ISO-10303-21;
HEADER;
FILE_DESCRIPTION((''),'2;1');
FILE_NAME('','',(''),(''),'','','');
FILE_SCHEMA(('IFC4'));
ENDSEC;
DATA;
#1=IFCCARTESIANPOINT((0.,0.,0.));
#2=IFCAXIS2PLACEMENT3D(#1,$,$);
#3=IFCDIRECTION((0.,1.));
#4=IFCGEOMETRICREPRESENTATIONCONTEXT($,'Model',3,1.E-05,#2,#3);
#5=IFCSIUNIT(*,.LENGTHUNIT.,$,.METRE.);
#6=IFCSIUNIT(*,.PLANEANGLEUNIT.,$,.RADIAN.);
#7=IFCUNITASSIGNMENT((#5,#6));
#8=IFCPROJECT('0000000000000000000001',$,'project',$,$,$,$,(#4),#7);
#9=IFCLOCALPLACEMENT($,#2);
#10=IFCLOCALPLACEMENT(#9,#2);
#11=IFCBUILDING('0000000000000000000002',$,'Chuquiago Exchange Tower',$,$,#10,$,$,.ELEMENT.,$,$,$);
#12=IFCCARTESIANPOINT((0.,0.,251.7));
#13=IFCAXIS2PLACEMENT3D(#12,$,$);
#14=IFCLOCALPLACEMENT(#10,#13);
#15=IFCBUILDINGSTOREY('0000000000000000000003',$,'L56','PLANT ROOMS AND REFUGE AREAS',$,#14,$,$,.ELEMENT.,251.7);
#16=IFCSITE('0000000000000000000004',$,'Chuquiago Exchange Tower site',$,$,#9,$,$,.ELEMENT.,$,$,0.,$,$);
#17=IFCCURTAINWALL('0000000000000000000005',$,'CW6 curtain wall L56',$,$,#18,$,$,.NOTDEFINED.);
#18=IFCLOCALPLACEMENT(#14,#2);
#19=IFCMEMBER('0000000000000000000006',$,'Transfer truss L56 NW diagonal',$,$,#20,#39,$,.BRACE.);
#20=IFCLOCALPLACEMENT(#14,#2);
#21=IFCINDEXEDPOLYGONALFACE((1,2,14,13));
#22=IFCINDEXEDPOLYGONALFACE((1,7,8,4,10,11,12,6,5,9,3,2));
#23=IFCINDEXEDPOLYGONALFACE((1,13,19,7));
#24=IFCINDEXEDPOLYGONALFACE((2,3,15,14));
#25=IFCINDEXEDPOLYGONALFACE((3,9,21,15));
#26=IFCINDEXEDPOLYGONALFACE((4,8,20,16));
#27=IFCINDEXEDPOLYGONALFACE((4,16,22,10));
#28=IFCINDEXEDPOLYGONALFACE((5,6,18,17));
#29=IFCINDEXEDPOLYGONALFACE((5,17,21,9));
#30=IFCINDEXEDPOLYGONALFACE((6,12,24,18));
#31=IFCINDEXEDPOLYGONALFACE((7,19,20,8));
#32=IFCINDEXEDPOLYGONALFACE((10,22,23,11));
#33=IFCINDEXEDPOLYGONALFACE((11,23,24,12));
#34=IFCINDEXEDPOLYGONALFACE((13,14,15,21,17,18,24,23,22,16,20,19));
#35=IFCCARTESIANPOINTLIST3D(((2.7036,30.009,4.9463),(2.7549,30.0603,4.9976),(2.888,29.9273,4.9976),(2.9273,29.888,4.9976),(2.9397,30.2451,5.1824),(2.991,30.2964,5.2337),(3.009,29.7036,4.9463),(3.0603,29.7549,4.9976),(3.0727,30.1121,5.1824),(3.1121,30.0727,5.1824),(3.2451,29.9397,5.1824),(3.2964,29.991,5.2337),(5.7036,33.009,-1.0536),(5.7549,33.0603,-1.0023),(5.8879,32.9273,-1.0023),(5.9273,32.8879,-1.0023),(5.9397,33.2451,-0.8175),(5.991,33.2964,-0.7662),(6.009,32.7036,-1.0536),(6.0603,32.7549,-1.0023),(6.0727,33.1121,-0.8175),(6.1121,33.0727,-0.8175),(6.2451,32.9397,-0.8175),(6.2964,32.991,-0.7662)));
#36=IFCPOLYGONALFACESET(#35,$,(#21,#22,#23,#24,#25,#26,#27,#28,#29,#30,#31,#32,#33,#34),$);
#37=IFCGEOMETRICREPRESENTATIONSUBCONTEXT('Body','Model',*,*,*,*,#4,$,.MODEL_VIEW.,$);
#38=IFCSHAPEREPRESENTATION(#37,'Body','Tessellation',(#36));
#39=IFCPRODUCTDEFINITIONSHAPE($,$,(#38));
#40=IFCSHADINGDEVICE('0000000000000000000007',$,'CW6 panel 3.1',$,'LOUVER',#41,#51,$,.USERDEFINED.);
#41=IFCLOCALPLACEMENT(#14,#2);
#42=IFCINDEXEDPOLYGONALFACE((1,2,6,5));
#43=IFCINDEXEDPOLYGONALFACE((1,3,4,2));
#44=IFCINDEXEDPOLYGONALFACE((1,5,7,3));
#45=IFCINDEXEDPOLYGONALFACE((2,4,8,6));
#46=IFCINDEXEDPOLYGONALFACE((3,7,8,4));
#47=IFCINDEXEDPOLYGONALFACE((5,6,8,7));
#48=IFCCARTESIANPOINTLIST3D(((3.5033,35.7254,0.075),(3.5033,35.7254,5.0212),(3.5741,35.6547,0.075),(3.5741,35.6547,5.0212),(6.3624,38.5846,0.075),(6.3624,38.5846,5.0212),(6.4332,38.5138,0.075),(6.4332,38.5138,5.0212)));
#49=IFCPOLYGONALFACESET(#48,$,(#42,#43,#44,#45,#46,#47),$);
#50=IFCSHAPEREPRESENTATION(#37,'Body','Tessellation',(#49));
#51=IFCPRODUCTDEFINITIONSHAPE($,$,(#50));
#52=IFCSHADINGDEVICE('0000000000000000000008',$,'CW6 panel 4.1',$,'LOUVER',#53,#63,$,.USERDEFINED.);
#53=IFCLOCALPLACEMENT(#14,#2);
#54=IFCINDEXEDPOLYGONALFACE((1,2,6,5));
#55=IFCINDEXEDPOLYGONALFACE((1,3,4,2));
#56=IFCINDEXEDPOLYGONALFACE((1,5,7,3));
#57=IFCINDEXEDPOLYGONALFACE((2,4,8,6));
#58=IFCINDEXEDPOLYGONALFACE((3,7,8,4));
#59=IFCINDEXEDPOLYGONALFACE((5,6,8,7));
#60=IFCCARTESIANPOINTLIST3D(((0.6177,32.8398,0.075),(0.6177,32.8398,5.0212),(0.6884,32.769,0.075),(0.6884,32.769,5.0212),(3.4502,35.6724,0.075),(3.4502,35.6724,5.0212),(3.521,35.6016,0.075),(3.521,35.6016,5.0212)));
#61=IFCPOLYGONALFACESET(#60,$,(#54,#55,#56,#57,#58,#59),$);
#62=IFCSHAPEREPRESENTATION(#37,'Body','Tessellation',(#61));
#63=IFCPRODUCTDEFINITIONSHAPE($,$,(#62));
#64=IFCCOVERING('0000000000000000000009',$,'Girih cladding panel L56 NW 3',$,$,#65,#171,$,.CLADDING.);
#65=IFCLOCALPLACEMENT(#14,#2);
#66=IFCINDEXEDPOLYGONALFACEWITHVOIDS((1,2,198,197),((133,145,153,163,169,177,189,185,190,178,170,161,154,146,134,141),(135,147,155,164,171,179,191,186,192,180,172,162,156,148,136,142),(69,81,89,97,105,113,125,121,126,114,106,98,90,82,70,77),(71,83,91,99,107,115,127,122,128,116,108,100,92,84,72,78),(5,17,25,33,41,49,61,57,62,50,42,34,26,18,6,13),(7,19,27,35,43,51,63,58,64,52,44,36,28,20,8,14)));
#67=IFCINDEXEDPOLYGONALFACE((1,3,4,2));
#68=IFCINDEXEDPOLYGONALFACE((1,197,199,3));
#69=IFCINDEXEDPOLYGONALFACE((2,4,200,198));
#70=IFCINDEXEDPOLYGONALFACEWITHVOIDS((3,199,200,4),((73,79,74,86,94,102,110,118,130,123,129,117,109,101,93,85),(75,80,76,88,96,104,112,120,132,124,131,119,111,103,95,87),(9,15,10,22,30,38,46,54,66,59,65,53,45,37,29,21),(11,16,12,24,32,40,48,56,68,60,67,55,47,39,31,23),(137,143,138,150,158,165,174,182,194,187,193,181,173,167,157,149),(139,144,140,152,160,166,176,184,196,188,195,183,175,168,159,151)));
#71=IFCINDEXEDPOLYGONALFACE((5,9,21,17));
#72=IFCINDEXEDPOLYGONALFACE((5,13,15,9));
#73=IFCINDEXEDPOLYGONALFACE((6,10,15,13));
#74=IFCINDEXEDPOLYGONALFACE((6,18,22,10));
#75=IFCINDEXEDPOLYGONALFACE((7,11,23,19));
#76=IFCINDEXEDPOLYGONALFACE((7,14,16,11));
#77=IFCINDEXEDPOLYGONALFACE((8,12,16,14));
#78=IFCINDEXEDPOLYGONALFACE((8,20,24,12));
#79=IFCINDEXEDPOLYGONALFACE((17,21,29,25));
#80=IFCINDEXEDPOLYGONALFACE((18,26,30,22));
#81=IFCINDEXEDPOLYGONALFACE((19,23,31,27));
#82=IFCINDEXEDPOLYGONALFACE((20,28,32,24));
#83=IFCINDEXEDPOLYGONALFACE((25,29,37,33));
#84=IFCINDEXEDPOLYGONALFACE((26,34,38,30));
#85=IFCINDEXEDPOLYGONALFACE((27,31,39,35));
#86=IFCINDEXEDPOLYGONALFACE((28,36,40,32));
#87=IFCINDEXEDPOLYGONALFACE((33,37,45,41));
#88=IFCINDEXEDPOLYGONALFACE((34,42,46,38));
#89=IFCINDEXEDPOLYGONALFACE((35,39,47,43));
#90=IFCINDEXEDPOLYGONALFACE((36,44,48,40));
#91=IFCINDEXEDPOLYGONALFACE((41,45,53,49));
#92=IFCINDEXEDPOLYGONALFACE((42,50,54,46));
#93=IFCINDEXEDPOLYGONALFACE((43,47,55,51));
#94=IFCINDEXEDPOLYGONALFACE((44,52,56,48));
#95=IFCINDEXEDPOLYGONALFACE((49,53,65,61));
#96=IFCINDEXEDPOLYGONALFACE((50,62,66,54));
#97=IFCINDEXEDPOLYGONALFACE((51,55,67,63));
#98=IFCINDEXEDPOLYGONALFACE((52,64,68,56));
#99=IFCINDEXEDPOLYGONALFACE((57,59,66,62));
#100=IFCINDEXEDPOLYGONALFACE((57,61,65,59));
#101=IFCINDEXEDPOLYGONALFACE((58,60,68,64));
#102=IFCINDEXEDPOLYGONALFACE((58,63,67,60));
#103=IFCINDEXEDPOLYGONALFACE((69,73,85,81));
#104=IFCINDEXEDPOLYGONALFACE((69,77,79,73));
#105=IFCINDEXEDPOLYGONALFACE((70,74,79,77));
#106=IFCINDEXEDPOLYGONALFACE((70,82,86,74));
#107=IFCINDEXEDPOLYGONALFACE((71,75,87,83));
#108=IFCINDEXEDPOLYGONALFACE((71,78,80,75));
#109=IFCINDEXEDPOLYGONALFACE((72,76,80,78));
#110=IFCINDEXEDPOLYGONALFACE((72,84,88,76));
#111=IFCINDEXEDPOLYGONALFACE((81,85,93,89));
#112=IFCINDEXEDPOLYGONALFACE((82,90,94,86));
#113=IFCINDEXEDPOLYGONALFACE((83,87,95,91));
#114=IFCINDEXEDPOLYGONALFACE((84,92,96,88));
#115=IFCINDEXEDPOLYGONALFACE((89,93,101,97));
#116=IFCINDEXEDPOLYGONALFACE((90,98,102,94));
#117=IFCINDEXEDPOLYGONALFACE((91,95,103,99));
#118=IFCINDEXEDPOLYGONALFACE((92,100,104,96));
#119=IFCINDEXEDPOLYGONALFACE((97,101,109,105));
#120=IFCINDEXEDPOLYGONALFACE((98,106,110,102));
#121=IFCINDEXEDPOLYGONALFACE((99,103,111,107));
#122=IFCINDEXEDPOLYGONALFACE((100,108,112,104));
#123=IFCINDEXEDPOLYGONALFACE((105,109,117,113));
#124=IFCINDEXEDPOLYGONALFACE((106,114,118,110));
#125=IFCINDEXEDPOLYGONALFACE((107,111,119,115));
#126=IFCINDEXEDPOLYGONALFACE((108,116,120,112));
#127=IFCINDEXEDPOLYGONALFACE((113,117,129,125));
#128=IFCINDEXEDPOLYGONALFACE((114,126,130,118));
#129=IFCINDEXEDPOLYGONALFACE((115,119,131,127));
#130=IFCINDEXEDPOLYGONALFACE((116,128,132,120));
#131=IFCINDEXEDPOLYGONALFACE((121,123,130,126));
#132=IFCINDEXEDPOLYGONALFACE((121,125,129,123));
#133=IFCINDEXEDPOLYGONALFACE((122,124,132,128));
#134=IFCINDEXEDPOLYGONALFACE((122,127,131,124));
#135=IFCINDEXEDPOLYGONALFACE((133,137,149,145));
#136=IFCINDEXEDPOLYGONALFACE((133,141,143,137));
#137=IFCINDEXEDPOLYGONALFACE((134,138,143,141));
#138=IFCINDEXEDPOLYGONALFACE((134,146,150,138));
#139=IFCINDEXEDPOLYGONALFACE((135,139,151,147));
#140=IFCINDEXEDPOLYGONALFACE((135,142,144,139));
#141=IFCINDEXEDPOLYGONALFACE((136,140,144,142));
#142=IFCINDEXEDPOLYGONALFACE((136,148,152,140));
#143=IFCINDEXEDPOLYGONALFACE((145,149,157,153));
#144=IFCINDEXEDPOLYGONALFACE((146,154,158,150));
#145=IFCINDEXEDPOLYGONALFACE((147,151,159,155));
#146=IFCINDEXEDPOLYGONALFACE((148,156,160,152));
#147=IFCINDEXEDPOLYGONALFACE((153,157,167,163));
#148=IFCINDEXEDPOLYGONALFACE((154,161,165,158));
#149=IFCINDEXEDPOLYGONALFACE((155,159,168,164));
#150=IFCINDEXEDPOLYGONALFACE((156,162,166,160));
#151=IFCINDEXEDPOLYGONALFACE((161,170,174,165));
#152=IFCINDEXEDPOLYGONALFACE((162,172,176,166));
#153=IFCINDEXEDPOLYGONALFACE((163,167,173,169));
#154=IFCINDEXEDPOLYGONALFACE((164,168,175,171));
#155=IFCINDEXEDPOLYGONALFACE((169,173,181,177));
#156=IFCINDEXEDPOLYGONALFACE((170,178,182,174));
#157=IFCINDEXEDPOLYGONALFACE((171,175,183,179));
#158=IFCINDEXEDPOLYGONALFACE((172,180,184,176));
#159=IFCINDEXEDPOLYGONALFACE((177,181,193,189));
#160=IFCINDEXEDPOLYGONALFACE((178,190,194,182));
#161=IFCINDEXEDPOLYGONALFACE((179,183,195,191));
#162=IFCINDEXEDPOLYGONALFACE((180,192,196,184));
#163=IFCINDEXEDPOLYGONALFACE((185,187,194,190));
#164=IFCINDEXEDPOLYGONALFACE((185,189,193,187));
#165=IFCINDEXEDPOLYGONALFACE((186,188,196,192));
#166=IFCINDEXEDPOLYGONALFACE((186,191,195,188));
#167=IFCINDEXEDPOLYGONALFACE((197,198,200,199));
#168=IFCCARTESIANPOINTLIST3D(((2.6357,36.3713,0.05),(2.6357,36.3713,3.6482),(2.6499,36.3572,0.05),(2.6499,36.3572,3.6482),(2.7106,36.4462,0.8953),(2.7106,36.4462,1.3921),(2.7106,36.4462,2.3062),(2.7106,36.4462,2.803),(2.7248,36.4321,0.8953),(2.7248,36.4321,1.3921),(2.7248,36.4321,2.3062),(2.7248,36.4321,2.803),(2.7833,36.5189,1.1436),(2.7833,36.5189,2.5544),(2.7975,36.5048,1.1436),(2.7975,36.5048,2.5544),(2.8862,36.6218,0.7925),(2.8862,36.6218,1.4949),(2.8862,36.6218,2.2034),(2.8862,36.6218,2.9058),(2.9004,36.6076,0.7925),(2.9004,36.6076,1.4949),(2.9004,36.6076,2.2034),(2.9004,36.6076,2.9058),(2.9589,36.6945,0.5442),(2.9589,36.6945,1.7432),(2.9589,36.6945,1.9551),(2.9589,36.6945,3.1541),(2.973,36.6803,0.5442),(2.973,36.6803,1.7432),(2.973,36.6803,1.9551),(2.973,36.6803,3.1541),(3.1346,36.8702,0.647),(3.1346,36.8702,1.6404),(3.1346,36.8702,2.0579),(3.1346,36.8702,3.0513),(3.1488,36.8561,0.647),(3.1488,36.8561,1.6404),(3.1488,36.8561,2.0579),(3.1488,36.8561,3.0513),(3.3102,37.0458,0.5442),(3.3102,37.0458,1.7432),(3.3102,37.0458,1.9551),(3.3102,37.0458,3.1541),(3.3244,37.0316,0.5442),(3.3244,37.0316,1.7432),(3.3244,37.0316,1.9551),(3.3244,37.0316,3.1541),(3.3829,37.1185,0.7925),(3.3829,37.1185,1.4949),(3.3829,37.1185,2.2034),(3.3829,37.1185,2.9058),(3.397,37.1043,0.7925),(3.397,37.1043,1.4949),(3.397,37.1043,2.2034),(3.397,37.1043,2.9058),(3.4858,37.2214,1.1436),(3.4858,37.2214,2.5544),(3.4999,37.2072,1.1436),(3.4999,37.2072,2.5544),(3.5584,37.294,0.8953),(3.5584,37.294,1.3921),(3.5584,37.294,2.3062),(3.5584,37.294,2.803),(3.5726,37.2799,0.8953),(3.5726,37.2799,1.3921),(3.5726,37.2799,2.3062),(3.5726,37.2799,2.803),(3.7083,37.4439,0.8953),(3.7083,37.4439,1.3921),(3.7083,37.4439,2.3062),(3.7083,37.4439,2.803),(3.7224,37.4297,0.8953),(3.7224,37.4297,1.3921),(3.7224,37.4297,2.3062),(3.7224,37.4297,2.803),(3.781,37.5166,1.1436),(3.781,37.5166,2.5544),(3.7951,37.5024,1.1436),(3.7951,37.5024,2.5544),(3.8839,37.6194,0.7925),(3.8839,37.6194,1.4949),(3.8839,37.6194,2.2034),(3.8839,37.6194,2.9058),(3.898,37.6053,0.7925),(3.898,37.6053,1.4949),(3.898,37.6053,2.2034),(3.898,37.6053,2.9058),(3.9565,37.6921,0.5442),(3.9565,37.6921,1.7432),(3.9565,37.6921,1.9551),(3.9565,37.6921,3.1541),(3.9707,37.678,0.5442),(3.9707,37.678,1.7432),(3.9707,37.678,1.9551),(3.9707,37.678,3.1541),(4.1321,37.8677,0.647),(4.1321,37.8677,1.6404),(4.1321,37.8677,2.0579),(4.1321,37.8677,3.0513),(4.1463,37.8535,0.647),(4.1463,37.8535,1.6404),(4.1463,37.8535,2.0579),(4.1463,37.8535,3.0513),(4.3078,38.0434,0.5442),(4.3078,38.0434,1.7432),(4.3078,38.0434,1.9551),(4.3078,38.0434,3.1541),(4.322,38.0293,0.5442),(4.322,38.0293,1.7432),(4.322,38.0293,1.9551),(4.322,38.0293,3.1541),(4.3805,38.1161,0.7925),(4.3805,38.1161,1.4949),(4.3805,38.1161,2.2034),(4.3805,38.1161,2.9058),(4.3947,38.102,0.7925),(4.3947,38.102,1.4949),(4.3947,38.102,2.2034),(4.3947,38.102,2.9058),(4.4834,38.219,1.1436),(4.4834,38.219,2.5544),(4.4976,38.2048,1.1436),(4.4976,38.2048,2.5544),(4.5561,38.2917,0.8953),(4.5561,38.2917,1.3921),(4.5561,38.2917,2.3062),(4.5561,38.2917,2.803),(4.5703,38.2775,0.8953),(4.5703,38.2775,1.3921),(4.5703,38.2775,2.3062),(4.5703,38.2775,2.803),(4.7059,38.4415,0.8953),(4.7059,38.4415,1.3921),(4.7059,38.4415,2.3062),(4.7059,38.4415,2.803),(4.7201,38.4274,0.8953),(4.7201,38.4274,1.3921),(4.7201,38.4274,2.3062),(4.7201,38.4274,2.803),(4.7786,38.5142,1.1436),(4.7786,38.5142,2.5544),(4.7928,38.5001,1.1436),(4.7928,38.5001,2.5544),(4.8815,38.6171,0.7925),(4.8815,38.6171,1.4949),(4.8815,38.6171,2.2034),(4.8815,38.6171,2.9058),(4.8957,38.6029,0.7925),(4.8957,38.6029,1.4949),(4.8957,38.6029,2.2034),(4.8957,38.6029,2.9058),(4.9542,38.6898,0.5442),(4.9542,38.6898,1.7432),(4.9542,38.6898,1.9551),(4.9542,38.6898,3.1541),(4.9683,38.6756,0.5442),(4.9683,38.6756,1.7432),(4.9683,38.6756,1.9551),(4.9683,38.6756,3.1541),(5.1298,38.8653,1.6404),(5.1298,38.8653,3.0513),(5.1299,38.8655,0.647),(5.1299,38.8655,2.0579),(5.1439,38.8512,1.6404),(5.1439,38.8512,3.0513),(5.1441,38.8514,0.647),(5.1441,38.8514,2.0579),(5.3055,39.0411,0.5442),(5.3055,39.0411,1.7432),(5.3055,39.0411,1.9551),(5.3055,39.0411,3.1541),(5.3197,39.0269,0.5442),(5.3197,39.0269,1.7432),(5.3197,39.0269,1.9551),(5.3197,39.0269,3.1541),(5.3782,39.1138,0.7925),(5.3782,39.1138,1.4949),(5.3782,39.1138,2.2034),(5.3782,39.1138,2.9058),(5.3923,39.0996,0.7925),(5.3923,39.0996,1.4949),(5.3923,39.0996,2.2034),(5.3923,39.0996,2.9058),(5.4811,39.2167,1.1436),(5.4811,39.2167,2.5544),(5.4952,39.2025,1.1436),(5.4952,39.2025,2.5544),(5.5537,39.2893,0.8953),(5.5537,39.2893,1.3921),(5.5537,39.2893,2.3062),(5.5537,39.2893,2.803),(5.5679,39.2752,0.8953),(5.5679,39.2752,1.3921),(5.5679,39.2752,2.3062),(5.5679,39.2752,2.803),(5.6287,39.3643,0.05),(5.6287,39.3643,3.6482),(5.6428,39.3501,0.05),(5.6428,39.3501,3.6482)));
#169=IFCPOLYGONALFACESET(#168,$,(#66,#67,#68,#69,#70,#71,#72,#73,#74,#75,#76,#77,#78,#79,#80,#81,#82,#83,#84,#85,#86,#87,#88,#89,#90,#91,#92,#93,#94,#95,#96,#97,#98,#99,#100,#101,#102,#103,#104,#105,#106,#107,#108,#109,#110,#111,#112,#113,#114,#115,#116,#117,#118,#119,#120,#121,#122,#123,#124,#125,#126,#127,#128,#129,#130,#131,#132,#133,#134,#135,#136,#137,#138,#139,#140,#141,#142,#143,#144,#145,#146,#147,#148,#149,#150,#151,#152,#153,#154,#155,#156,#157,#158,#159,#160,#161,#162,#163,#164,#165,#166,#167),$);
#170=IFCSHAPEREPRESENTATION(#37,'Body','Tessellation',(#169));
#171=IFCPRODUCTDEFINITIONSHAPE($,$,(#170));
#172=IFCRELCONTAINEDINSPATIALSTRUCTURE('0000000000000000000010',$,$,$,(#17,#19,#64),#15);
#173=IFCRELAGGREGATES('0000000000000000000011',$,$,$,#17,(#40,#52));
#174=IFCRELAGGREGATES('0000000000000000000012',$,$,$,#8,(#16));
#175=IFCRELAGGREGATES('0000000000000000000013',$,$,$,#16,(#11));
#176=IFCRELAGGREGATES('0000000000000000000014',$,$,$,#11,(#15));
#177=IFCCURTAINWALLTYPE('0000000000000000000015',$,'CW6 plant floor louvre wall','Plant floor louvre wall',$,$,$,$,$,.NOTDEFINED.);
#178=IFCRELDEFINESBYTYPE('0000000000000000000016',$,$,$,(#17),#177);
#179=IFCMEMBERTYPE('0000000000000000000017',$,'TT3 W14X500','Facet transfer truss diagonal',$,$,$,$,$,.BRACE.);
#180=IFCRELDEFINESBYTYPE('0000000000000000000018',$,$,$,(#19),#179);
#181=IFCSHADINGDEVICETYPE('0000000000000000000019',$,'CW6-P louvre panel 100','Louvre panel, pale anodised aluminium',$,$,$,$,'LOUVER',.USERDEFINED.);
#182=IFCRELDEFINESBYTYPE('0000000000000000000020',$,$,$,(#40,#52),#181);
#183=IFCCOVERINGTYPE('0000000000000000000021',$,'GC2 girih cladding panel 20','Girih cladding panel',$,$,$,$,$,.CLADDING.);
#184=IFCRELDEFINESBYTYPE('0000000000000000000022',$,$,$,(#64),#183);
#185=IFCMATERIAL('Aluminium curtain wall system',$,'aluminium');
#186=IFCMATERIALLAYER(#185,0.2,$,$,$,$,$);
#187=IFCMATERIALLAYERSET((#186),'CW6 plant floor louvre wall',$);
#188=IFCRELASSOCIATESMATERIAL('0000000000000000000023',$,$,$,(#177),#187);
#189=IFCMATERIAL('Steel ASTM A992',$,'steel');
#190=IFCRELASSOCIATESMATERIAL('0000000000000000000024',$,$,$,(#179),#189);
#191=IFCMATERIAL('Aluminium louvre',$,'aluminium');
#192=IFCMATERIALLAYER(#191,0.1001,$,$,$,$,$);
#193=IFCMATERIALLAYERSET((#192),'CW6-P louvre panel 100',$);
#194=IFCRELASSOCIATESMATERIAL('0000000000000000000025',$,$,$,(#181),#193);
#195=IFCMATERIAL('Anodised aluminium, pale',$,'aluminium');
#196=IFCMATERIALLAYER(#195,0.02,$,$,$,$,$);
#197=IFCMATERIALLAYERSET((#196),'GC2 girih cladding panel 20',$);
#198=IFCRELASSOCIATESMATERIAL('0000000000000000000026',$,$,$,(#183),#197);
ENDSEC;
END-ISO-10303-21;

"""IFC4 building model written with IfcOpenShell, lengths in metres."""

from ifc_helpers import new_model, si_unit, direction, frame, origin, origin_2d, place, context, subcontext, project, spatial, polyline, rectangle, i_section, outline, extrude, material, layer, layer_set, material_profile, profile_set, type_object, element, aggregate, save


model = new_model("IFC4")

# Units and contexts
model_context = context("Model", 3, precision=1e-05, world=origin(), true_north=direction((0.0, 1.0)))
body_context = subcontext(model_context, "Body", "Model", "MODEL_VIEW")
ifc_project = project(units=[si_unit("LENGTHUNIT", "METRE"), si_unit("PLANEANGLEUNIT", "RADIAN")], contexts=[model_context])

# Site, building, storey
site_placement = place(None, origin())
site = spatial("IfcSite", under=ifc_project, at=site_placement, Name="Chuquiago Exchange Tower site", CompositionType="ELEMENT", RefElevation=0.0)
building_placement = place(site_placement, origin())
building = spatial("IfcBuilding", under=site, at=building_placement, Name="Chuquiago Exchange Tower", CompositionType="ELEMENT")
storey_placement = place(building_placement, frame((0.0, 0.0, 251.7)))
storey = spatial("IfcBuildingStorey", under=building, at=storey_placement, Name="L56", Description="PLANT ROOMS AND REFUGE AREAS", CompositionType="ELEMENT", Elevation=251.7)

# Curtain wall
ifc_material_1 = material(Name="Aluminium curtain wall system", Category="aluminium")
ifc_layer_1 = layer(ifc_material_1, 0.2)
ifc_layer_set_1 = layer_set([ifc_layer_1], Name="CW6 plant floor louvre wall")
curtain_wall_type = type_object("IfcCurtainWallType", Name="CW6 plant floor louvre wall", Description="Plant floor louvre wall", PredefinedType="NOTDEFINED", material=ifc_layer_set_1)
curtain_wall_placement = place(storey_placement, origin())
curtain_wall = element("IfcCurtainWall", 1, at=curtain_wall_placement, inside=storey, type_object=curtain_wall_type, Name="CW6 curtain wall L56", PredefinedType="NOTDEFINED")

# Member
ifc_material_2 = material(Name="Steel ASTM A992", Category="steel")
ifc_material_profile_1 = material_profile(ifc_material_2, i_section(OverallWidth=0.4319, OverallDepth=0.4978, WebThickness=0.0557, FlangeThickness=0.0889, at=origin_2d()), Name="W14X500")
ifc_profile_set_1 = profile_set([ifc_material_profile_1], Name="Steel ASTM A992")
member_type_1 = type_object("IfcMemberType", Name="TT3 W14X500", Description="Facet transfer truss diagonal", PredefinedType="BRACE", material=ifc_profile_set_1)
member_1_placement = place(storey_placement, frame((6.0, 33.0, -0.9099), z_axis=(-0.408248, -0.408248, 0.816497), x_axis=(0.707107, -0.707107, 0.0)))
element("IfcMember", 2, at=member_1_placement, inside=storey, type_object=member_type_1, Name="Transfer truss L56 NW diagonal", PredefinedType="BRACE", context=body_context, shape_type="SweptSolid", body=[
    extrude(i_section(OverallWidth=0.4319, OverallDepth=0.4978, WebThickness=0.0557, FlangeThickness=0.0889, at=origin_2d()), origin(), (0.0, 0.0, 1.0), 7.3484),
])

# Shading devices
ifc_material_3 = material(Name="Aluminium louvre", Category="aluminium")
ifc_layer_2 = layer(ifc_material_3, 0.1001)
ifc_layer_set_2 = layer_set([ifc_layer_2], Name="CW6-P louvre panel 100")
shading_device_type = type_object("IfcShadingDeviceType", Name="CW6-P louvre panel 100", Description="Louvre panel, pale anodised aluminium", ElementType="LOUVER", PredefinedType="USERDEFINED", material=ifc_layer_set_2)
shading_device_1_placement = place(storey_placement, frame((4.9683, 37.1196, 0.075), z_axis=(0.0, 0.0, 1.0), x_axis=(-0.707107, -0.707107, 0.0)))
shading_device_1 = element("IfcShadingDevice", 3, at=shading_device_1_placement, type_object=shading_device_type, Name="CW6 panel 3.1", ObjectType="LOUVER", PredefinedType="USERDEFINED", context=body_context, shape_type="SweptSolid", body=[
    extrude(rectangle(XDim=4.0435, YDim=0.1001, at=origin_2d()), origin(), (0.0, 0.0, 1.0), 4.9463),
])
shading_device_2_placement = place(storey_placement, frame((2.0693, 34.2207, 0.075), z_axis=(0.0, 0.0, 1.0), x_axis=(-0.707107, -0.707107, 0.0)))
shading_device_2 = element("IfcShadingDevice", 4, at=shading_device_2_placement, type_object=shading_device_type, Name="CW6 panel 4.1", ObjectType="LOUVER", PredefinedType="USERDEFINED", context=body_context, shape_type="SweptSolid", body=[
    extrude(rectangle(XDim=4.0059, YDim=0.1001, at=origin_2d()), origin(), (0.0, 0.0, 1.0), 4.9463),
])
aggregate(curtain_wall, [shading_device_1, shading_device_2])

# Covering
ifc_material_4 = material(Name="Anodised aluminium, pale", Category="aluminium")
ifc_layer_3 = layer(ifc_material_4, 0.02)
ifc_layer_set_3 = layer_set([ifc_layer_3], Name="GC2 girih cladding panel 20")
covering_type = type_object("IfcCoveringType", Name="GC2 girih cladding panel 20", Description="Girih cladding panel", PredefinedType="CLADDING", material=ifc_layer_set_3)
covering_1_placement = place(storey_placement, frame((5.6428, 39.3501, 0.05), z_axis=(0.0, 0.0, 1.0), x_axis=(-0.707107, -0.707107, 0.0)))
element("IfcCovering", 5, at=covering_1_placement, inside=storey, type_object=covering_type, Name="Girih cladding panel L56 NW 3", PredefinedType="CLADDING", context=body_context, shape_type="SweptSolid", body=[
    extrude(outline(polyline([(0.0, 0.0), (4.2327, 0.0), (4.2327, 3.5981), (0.0, 3.5981), (0.0, 0.0)]), holes=[polyline([(1.2021, 1.0935), (1.3049, 1.342), (1.0566, 1.4448), (0.9539, 1.6931), (0.7056, 1.5903), (0.457, 1.6931), (0.3542, 1.4448), (0.106, 1.342), (0.2087, 1.0935), (0.106, 0.8452), (0.3542, 0.7424), (0.457, 0.4941), (0.7053, 0.5969), (0.9539, 0.4941), (1.0566, 0.7424), (1.3049, 0.8452), (1.2021, 1.0935)]), polyline([(2.613, 1.0935), (2.7158, 1.342), (2.4675, 1.4448), (2.3647, 1.6931), (2.1165, 1.5903), (1.8679, 1.6931), (1.7651, 1.4448), (1.5168, 1.342), (1.6196, 1.0935), (1.5168, 0.8452), (1.7651, 0.7424), (1.8679, 0.4941), (2.1165, 0.5969), (2.3647, 0.4941), (2.4675, 0.7424), (2.7158, 0.8452), (2.613, 1.0935)]), polyline([(4.0239, 1.0935), (4.1267, 1.342), (3.8784, 1.4448), (3.7756, 1.6931), (3.5271, 1.5903), (3.2788, 1.6931), (3.176, 1.4448), (2.9277, 1.342), (3.0305, 1.0935), (2.9277, 0.8452), (3.176, 0.7424), (3.2788, 0.4941), (3.5271, 0.5969), (3.7756, 0.4941), (3.8784, 0.7424), (4.1267, 0.8452), (4.0239, 1.0935)]), polyline([(1.2021, 2.5044), (1.3049, 2.7529), (1.0566, 2.8557), (0.9539, 3.104), (0.7056, 3.0012), (0.457, 3.104), (0.3542, 2.8557), (0.106, 2.7529), (0.2087, 2.5044), (0.106, 2.2561), (0.3542, 2.1533), (0.457, 1.905), (0.7053, 2.0078), (0.9539, 1.905), (1.0566, 2.1533), (1.3049, 2.2561), (1.2021, 2.5044)]), polyline([(2.613, 2.5044), (2.7158, 2.7529), (2.4675, 2.8557), (2.3647, 3.104), (2.1165, 3.0012), (1.8679, 3.104), (1.7651, 2.8557), (1.5168, 2.7529), (1.6196, 2.5044), (1.5168, 2.2561), (1.7651, 2.1533), (1.8679, 1.905), (2.1165, 2.0078), (2.3647, 1.905), (2.4675, 2.1533), (2.7158, 2.2561), (2.613, 2.5044)]), polyline([(4.0239, 2.5044), (4.1267, 2.7529), (3.8784, 2.8557), (3.7756, 3.104), (3.5271, 3.0012), (3.2788, 3.104), (3.176, 2.8557), (2.9277, 2.7529), (3.0305, 2.5044), (2.9277, 2.2561), (3.176, 2.1533), (3.2788, 1.905), (3.5271, 2.0078), (3.7756, 1.905), (3.8784, 2.1533), (4.1267, 2.2561), (4.0239, 2.5044)])]), frame((0.0, 0.0, 0.0), z_axis=(0.0, -1.0, 0.0), x_axis=(1.0, 0.0, 0.0)), (0.0, 0.0, 1.0), 0.02),
])

save(model, "model.ifc")
